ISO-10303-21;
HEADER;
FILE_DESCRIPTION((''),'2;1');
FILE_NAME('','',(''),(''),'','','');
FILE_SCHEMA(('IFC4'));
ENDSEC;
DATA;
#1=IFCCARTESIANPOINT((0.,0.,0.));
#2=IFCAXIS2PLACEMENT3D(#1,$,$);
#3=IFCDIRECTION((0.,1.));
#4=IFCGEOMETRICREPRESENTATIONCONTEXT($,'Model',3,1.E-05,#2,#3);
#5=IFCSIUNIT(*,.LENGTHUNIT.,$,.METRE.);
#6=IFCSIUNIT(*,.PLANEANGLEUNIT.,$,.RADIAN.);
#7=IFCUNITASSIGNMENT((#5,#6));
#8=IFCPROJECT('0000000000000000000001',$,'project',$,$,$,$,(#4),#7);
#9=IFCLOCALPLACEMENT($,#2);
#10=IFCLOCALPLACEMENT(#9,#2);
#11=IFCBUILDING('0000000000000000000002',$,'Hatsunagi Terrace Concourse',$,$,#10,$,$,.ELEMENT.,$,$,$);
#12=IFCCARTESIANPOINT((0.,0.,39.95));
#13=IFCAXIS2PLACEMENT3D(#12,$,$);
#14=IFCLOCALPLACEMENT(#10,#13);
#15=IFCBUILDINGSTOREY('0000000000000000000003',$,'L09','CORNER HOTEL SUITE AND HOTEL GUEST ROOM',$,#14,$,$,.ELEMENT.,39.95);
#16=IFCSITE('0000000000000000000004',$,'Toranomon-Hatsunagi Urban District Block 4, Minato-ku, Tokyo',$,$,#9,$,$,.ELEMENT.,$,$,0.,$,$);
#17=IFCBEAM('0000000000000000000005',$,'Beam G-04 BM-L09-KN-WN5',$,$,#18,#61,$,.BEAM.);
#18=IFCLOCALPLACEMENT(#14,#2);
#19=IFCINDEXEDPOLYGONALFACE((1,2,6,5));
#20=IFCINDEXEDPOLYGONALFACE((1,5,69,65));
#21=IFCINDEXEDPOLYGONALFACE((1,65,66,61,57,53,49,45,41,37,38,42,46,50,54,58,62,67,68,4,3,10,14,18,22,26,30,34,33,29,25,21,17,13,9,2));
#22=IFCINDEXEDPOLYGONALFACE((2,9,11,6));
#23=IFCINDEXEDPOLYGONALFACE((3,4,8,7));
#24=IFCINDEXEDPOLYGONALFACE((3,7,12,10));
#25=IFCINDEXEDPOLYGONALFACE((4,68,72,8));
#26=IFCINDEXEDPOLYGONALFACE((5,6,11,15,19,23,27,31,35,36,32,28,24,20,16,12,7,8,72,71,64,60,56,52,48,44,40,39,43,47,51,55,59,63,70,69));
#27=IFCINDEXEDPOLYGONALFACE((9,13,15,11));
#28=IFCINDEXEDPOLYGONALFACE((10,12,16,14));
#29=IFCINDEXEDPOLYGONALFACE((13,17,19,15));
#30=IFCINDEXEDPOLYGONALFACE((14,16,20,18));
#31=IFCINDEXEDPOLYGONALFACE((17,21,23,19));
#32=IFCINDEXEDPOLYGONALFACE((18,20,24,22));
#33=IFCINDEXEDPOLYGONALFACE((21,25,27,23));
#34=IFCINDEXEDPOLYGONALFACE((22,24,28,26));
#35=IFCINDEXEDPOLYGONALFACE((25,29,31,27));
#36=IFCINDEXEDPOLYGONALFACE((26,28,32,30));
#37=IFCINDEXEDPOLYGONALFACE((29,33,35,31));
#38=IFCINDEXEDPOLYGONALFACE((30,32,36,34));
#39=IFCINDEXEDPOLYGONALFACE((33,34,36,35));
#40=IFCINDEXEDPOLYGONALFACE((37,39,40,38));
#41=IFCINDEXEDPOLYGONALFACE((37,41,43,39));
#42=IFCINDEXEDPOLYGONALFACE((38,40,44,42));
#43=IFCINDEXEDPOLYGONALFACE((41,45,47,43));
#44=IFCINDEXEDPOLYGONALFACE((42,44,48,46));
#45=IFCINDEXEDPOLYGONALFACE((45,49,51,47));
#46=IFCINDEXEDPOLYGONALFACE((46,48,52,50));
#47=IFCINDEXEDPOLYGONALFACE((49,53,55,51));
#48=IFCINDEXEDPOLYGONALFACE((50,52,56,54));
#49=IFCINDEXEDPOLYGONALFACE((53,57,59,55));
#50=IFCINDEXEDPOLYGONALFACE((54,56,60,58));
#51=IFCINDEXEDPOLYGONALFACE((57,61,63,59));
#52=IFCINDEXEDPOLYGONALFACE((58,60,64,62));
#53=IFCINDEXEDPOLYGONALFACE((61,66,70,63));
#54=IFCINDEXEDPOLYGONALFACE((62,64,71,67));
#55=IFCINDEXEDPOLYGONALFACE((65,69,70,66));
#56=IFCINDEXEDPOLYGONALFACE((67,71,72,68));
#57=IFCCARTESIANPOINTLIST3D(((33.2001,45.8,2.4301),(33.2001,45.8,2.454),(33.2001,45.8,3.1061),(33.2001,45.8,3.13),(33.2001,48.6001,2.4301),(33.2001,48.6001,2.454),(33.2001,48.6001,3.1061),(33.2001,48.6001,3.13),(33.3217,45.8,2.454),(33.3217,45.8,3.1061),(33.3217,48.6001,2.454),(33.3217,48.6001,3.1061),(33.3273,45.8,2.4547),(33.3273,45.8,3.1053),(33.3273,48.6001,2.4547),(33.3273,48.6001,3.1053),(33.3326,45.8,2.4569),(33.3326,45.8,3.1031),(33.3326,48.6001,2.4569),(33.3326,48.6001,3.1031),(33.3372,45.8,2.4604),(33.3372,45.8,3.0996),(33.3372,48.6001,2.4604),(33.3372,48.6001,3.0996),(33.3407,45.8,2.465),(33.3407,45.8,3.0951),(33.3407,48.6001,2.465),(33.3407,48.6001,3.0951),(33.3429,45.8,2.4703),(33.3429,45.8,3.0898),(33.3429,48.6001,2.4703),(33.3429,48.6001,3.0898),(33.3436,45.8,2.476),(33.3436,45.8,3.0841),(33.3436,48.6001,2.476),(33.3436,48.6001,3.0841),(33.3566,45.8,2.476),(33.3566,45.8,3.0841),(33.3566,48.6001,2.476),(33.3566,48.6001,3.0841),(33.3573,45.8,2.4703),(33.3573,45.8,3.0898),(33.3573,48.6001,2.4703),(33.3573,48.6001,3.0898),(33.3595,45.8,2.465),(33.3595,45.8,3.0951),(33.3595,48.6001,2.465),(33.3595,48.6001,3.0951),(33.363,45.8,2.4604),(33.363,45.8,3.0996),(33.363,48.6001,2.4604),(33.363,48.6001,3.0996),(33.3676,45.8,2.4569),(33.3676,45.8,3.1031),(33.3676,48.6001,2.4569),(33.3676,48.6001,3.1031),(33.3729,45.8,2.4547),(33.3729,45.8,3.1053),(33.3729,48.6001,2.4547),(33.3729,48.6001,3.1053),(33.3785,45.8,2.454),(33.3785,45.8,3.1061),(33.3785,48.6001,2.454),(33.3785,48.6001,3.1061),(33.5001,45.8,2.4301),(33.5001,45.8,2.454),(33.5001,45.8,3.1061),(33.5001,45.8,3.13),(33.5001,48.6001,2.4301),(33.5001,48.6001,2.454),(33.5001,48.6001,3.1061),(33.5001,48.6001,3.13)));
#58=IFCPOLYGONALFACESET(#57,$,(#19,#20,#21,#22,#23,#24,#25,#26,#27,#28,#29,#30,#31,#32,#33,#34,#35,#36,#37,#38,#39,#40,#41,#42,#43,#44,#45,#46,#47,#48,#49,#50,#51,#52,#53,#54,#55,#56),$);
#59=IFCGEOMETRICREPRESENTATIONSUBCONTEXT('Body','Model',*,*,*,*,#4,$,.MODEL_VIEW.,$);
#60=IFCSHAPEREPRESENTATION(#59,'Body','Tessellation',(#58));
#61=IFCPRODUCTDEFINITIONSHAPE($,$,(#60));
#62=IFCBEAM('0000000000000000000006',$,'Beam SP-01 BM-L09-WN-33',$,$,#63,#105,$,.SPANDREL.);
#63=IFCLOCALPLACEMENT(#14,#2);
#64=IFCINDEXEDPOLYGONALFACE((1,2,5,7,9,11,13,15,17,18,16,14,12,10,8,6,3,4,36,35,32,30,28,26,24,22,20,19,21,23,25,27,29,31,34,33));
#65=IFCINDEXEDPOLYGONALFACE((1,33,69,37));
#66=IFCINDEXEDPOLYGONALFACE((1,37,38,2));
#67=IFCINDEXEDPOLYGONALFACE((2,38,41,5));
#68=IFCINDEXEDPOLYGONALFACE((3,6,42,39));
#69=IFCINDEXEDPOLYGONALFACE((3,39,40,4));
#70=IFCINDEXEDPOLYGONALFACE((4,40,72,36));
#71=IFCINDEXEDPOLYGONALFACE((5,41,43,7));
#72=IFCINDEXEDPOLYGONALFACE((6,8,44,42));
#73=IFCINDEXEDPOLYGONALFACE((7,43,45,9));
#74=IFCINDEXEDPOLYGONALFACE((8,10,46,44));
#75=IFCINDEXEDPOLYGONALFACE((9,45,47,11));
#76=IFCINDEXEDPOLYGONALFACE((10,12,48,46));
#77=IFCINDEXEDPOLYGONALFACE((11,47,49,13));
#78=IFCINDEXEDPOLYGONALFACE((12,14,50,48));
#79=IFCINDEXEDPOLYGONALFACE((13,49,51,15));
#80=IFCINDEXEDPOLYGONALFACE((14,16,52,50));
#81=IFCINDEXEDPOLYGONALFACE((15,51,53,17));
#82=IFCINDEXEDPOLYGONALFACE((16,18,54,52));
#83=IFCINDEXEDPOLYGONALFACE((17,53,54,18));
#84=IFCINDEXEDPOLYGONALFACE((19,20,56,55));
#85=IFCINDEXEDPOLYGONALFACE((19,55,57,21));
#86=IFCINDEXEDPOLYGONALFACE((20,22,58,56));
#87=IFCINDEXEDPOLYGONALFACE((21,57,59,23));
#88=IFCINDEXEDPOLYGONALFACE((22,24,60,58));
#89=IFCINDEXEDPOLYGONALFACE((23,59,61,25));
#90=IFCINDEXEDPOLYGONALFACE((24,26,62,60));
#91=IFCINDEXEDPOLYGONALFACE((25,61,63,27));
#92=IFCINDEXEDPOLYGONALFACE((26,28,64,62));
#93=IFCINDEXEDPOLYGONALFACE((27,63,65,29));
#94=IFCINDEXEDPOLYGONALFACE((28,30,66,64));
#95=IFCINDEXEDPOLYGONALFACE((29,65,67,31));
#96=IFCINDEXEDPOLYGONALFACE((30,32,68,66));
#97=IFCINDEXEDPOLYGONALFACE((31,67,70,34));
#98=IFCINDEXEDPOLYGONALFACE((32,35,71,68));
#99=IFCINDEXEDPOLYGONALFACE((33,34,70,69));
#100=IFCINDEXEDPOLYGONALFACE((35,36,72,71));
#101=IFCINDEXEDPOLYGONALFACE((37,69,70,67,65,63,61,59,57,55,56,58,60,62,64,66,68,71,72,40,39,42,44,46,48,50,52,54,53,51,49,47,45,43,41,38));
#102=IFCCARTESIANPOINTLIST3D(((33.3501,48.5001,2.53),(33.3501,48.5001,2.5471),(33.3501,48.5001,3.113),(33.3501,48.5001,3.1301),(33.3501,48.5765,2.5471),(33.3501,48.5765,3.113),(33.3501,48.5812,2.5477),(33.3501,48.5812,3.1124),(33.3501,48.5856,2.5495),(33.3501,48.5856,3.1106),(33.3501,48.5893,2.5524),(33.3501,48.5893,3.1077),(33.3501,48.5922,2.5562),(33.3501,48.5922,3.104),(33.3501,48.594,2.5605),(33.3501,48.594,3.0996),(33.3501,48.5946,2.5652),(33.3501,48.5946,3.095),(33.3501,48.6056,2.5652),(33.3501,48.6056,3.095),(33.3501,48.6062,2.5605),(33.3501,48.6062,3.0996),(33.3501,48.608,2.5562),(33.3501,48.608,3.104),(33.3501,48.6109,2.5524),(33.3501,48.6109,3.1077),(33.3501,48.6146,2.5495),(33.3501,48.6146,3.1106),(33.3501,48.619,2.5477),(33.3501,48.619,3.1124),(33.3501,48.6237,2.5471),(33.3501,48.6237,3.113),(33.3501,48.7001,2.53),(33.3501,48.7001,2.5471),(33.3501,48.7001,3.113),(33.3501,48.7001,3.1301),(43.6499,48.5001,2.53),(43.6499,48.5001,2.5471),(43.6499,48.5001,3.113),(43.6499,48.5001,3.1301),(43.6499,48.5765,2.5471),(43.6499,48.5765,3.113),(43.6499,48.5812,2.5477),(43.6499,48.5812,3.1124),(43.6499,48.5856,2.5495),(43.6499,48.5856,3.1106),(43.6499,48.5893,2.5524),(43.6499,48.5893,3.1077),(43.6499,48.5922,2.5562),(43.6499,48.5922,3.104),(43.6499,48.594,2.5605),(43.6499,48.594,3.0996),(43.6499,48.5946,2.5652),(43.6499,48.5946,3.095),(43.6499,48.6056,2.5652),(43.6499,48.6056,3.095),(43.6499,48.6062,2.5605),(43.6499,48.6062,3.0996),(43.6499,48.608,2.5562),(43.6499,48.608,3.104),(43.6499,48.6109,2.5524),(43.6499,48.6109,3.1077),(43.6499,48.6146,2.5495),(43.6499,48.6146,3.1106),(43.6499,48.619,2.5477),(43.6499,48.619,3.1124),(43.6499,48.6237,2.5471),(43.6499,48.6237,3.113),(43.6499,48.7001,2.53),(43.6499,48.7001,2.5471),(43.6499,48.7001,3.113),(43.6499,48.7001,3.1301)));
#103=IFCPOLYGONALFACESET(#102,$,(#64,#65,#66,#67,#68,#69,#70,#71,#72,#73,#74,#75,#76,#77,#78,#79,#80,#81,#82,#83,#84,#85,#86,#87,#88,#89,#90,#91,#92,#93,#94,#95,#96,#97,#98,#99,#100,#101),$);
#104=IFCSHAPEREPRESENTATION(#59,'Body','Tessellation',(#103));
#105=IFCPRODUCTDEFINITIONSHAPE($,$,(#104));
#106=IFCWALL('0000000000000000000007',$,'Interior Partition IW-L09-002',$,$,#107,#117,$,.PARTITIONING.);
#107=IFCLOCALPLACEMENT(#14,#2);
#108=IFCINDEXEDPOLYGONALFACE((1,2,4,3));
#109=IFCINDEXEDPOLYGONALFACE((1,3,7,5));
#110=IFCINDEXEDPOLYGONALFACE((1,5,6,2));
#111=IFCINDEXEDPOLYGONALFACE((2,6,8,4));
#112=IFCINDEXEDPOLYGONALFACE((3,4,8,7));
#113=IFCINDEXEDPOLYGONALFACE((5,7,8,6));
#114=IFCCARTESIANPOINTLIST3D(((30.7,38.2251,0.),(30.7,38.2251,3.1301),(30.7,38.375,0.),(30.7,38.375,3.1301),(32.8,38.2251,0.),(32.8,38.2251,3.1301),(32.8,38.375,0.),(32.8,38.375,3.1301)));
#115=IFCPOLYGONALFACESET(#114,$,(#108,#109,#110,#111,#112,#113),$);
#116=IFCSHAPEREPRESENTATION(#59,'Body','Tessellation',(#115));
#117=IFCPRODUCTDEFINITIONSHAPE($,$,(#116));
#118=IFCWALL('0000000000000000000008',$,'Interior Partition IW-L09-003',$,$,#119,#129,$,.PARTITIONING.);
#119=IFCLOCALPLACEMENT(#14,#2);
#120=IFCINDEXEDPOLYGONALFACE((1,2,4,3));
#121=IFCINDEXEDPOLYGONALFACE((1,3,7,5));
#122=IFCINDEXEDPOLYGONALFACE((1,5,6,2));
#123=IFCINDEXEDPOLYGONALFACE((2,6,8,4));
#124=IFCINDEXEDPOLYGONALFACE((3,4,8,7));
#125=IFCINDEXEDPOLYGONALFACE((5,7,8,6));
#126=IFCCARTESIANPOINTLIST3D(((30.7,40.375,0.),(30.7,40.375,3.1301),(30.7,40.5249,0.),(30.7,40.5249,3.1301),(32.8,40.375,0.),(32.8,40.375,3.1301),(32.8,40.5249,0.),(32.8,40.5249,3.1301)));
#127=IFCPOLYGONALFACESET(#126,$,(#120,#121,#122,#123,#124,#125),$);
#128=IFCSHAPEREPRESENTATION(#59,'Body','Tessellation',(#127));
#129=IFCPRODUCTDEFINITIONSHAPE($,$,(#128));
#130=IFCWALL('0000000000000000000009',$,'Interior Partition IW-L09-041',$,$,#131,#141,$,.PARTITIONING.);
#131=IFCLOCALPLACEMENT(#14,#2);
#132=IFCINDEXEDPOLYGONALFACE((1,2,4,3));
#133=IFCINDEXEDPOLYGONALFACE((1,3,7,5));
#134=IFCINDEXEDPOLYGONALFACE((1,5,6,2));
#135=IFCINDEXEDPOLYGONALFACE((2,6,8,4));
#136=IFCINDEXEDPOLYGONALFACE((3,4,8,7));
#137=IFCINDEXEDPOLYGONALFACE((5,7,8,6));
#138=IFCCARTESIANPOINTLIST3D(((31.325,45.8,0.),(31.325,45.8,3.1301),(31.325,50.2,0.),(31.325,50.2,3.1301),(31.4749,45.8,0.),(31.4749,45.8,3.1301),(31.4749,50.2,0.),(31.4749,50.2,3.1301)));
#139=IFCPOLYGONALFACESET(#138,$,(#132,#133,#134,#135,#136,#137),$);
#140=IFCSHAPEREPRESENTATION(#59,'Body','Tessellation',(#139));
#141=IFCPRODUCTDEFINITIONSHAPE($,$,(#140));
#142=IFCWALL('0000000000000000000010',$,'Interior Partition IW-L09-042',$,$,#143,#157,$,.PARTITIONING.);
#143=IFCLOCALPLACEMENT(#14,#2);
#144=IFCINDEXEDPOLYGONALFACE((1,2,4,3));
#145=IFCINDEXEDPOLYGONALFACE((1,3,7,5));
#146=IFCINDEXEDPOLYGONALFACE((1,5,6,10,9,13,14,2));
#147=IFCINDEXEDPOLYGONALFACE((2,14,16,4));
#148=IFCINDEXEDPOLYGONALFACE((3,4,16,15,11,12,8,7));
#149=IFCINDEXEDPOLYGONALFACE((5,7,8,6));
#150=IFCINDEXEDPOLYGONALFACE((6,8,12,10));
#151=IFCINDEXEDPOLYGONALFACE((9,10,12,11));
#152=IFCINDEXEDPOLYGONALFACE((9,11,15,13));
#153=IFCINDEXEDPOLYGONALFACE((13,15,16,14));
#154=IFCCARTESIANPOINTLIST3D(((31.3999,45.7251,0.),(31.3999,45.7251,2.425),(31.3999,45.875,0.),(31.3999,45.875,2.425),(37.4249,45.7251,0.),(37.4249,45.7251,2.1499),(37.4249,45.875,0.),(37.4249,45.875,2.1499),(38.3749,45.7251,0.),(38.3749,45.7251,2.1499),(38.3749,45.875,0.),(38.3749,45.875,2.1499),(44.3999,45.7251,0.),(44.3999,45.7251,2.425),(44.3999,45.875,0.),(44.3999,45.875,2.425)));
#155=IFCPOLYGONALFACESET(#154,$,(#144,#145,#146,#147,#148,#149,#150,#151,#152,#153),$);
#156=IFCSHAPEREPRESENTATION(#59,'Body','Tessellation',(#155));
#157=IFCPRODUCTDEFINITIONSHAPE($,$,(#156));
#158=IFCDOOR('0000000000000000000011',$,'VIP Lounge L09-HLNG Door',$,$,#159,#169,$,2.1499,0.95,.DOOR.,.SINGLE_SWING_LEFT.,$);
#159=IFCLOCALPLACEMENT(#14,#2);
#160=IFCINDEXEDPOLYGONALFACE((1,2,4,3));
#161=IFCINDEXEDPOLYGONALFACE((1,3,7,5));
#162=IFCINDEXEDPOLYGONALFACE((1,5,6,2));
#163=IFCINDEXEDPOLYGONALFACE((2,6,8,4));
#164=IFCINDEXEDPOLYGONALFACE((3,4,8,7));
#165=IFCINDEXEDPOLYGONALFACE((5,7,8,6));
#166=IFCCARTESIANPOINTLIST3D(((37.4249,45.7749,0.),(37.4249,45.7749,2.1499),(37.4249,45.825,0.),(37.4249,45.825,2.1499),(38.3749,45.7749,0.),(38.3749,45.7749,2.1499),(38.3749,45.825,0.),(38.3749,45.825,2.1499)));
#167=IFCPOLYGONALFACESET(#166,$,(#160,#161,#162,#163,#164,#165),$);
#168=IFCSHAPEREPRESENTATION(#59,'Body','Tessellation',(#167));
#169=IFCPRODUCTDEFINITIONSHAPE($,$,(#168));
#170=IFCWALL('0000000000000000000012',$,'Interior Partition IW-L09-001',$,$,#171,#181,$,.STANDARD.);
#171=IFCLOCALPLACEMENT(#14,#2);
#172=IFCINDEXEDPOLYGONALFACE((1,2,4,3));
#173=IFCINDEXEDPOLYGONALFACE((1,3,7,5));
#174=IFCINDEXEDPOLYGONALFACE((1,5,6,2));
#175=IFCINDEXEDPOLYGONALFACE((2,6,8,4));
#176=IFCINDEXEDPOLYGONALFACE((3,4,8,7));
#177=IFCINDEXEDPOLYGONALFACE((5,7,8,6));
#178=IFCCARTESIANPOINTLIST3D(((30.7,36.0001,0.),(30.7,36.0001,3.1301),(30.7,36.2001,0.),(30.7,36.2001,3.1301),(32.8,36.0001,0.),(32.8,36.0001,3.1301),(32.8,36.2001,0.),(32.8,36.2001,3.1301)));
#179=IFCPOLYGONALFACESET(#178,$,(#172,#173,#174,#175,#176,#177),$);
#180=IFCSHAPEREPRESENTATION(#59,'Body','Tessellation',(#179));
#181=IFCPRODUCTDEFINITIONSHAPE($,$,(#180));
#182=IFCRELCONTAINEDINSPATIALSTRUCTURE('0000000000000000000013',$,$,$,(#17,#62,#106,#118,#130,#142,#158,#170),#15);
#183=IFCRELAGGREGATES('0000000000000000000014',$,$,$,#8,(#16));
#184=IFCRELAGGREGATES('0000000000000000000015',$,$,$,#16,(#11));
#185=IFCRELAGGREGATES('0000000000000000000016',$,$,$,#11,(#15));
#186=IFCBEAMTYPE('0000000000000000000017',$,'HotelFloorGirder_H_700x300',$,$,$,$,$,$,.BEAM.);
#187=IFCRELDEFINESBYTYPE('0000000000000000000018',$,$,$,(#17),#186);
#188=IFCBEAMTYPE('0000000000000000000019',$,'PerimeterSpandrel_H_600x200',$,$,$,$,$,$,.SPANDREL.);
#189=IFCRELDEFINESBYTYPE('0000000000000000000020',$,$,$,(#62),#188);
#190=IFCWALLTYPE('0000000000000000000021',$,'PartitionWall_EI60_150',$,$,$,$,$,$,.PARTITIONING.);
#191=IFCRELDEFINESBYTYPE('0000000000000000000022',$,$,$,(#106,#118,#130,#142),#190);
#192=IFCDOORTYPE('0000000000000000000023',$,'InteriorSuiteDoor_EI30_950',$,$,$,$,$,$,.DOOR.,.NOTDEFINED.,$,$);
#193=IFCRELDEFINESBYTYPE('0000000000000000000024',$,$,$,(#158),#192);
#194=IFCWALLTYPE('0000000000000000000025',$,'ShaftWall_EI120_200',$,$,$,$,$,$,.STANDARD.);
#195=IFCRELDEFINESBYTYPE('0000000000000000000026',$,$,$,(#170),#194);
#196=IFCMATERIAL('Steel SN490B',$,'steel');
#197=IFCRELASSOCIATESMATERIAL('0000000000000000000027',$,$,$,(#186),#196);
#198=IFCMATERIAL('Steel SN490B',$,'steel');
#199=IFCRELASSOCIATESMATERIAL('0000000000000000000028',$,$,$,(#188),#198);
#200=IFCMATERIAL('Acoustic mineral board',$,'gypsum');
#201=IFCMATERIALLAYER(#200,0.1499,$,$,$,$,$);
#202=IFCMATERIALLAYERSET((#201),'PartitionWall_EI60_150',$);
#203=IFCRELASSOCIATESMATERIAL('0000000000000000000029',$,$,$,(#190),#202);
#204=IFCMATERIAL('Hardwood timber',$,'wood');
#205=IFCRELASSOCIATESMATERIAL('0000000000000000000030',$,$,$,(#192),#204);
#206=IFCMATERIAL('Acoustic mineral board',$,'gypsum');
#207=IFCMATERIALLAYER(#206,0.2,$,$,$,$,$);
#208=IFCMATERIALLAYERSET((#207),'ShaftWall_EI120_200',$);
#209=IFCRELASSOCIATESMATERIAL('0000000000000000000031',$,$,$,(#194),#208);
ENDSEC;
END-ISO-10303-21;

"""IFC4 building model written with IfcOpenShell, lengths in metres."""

from ifc_helpers import new_model, si_unit, direction, frame, frame_2d, origin, origin_2d, place, context, subcontext, project, spatial, rectangle, i_section, extrude, material, layer, layer_set, material_profile, profile_set, type_object, element, fill, save


model = new_model("IFC4")

# Units and contexts
model_context = context("Model", 3, precision=1e-05, world=origin(), true_north=direction((0.0, 1.0)))
body_context = subcontext(model_context, "Body", "Model", "MODEL_VIEW")
ifc_project = project(units=[si_unit("LENGTHUNIT", "METRE"), si_unit("PLANEANGLEUNIT", "RADIAN")], contexts=[model_context])

# Site, building, storey
site_placement = place(None, origin())
site = spatial("IfcSite", under=ifc_project, at=site_placement, Name="Toranomon-Hatsunagi Urban District Block 4, Minato-ku, Tokyo", CompositionType="ELEMENT", RefElevation=0.0)
building_placement = place(site_placement, origin())
building = spatial("IfcBuilding", under=site, at=building_placement, Name="Hatsunagi Terrace Concourse", CompositionType="ELEMENT")
storey_placement = place(building_placement, frame((0.0, 0.0, 39.95)))
storey = spatial("IfcBuildingStorey", under=building, at=storey_placement, Name="L09", Description="CORNER HOTEL SUITE AND HOTEL GUEST ROOM", CompositionType="ELEMENT", Elevation=39.95)

# Beams
ifc_material_1 = material(Name="Steel SN490B", Category="steel")
ifc_material_profile_1 = material_profile(ifc_material_1, i_section(OverallWidth=0.3, OverallDepth=0.7, WebThickness=0.0129, FlangeThickness=0.0239, FilletRadius=0.022, at=origin_2d()), Name="H-700x300x13x24")
ifc_profile_set_1 = profile_set([ifc_material_profile_1], Name="Steel SN490B")
beam_type_1 = type_object("IfcBeamType", Name="HotelFloorGirder_H_700x300", PredefinedType="BEAM", material=ifc_profile_set_1)
beam_1_placement = place(storey_placement, frame((33.3501, 45.8, 2.78), z_axis=(0.0, 1.0, 0.0), x_axis=(-1.0, 0.0, 0.0)))
element("IfcBeam", 1, at=beam_1_placement, inside=storey, type_object=beam_type_1, Name="Beam G-04 BM-L09-KN-WN5", PredefinedType="BEAM", context=body_context, shape_type="SweptSolid", body=[
    extrude(i_section(OverallWidth=0.3, OverallDepth=0.7, WebThickness=0.0129, FlangeThickness=0.0239, FilletRadius=0.022, at=origin_2d()), origin(), (0.0, 0.0, 1.0), 2.8),
])
ifc_material_2 = material(Name="Steel SN490B", Category="steel")
ifc_material_profile_2 = material_profile(ifc_material_2, i_section(OverallWidth=0.2, OverallDepth=0.6001, WebThickness=0.011, FlangeThickness=0.0171, FilletRadius=0.0181, at=origin_2d()), Name="H-600x200x11x17")
ifc_profile_set_2 = profile_set([ifc_material_profile_2], Name="Steel SN490B")
beam_type_2 = type_object("IfcBeamType", Name="PerimeterSpandrel_H_600x200", PredefinedType="SPANDREL", material=ifc_profile_set_2)
beam_2_placement = place(storey_placement, frame((33.3501, 48.6001, 2.8301), z_axis=(1.0, 0.0, 0.0), x_axis=(0.0, 1.0, 0.0)))
element("IfcBeam", 2, at=beam_2_placement, inside=storey, type_object=beam_type_2, Name="Beam SP-01 BM-L09-WN-33", PredefinedType="SPANDREL", context=body_context, shape_type="SweptSolid", body=[
    extrude(i_section(OverallWidth=0.2, OverallDepth=0.6001, WebThickness=0.011, FlangeThickness=0.0171, FilletRadius=0.0181, at=origin_2d()), origin(), (0.0, 0.0, 1.0), 10.2998),
])

# Walls
ifc_material_3 = material(Name="Acoustic mineral board", Category="gypsum")
ifc_layer_1 = layer(ifc_material_3, 0.1499)
ifc_layer_set_1 = layer_set([ifc_layer_1], Name="PartitionWall_EI60_150")
wall_type_1 = type_object("IfcWallType", Name="PartitionWall_EI60_150", PredefinedType="PARTITIONING", material=ifc_layer_set_1)
for number, where, z_axis, x_axis, name in (
    (3, (30.7, 38.3, 0.0), (0.0, 0.0, 1.0), (1.0, 0.0, 0.0), "Interior Partition IW-L09-002"),
    (4, (30.7, 40.45, 0.0), (0.0, 0.0, 1.0), (1.0, 0.0, 0.0), "Interior Partition IW-L09-003"),
):
    element("IfcWall", number, at=place(storey_placement, frame(where, z_axis=z_axis, x_axis=x_axis)), inside=storey, type_object=wall_type_1, Name=name, PredefinedType="PARTITIONING", context=body_context, shape_type="SweptSolid", body=[
        extrude(rectangle(XDim=2.1001, YDim=0.1499, at=frame_2d((1.05, 0.0))), origin(), (0.0, 0.0, 1.0), 3.1301),
    ])
wall_1_placement = place(storey_placement, frame((31.3999, 45.8, 0.0), z_axis=(0.0, 0.0, 1.0), x_axis=(0.0, 1.0, 0.0)))
element("IfcWall", 5, at=wall_1_placement, inside=storey, type_object=wall_type_1, Name="Interior Partition IW-L09-041", PredefinedType="PARTITIONING", context=body_context, shape_type="SweptSolid", body=[
    extrude(rectangle(XDim=4.3999, YDim=0.1499, at=frame_2d((2.2, 0.0))), origin(), (0.0, 0.0, 1.0), 3.1301),
])

# Wall, opening, door
wall_2_placement = place(storey_placement, frame((31.3999, 45.8, 0.0), z_axis=(0.0, 0.0, 1.0), x_axis=(1.0, 0.0, 0.0)))
wall_2 = element("IfcWall", 6, at=wall_2_placement, inside=storey, type_object=wall_type_1, Name="Interior Partition IW-L09-042", PredefinedType="PARTITIONING", context=body_context, shape_type="SweptSolid", body=[
    extrude(rectangle(XDim=13.0, YDim=0.1499, at=frame_2d((6.5, 0.0))), origin(), (0.0, 0.0, 1.0), 2.425),
])
opening_1_placement = place(wall_2_placement, frame((6.0249, 0.0, 0.0)))
opening_1 = element("IfcOpeningElement", 7, at=opening_1_placement, cuts=wall_2, PredefinedType="OPENING", context=body_context, shape_type="SweptSolid", body=[
    extrude(rectangle(XDim=0.95, YDim=2.1499, at=frame_2d((0.4751, 1.075))), frame((0.0, 0.085, 0.0), z_axis=(0.0, -1.0, 0.0), x_axis=(1.0, 0.0, 0.0)), (0.0, 0.0, 1.0), 0.1699),
])
ifc_material_4 = material(Name="Hardwood timber", Category="wood")
door_type_1 = type_object("IfcDoorType", Name="InteriorSuiteDoor_EI30_950", OperationType="NOTDEFINED", PredefinedType="DOOR", material=ifc_material_4)
door_1_placement = place(opening_1_placement, origin())
door_1 = element("IfcDoor", 8, at=door_1_placement, inside=storey, type_object=door_type_1, Name="VIP Lounge L09-HLNG Door", OperationType="SINGLE_SWING_LEFT", OverallHeight=2.1499, OverallWidth=0.95, PredefinedType="DOOR", context=body_context, shape_type="SweptSolid", body=[
    extrude(rectangle(XDim=0.95, YDim=2.1499, at=frame_2d((0.4751, 1.075))), frame((0.0, 0.0249, 0.0), z_axis=(0.0, -1.0, 0.0), x_axis=(1.0, 0.0, 0.0)), (0.0, 0.0, 1.0), 0.05),
])
fill(opening_1, door_1)

# Wall
ifc_material_5 = material(Name="Acoustic mineral board", Category="gypsum")
ifc_layer_2 = layer(ifc_material_5, 0.2)
ifc_layer_set_2 = layer_set([ifc_layer_2], Name="ShaftWall_EI120_200")
wall_type_2 = type_object("IfcWallType", Name="ShaftWall_EI120_200", PredefinedType="STANDARD", material=ifc_layer_set_2)
wall_3_placement = place(storey_placement, frame((30.7, 36.1001, 0.0), z_axis=(0.0, 0.0, 1.0), x_axis=(1.0, 0.0, 0.0)))
element("IfcWall", 9, at=wall_3_placement, inside=storey, type_object=wall_type_2, Name="Interior Partition IW-L09-001", PredefinedType="STANDARD", context=body_context, shape_type="SweptSolid", body=[
    extrude(rectangle(XDim=2.1001, YDim=0.2, at=frame_2d((1.05, 0.0))), origin(), (0.0, 0.0, 1.0), 3.1301),
])

save(model, "model.ifc")
